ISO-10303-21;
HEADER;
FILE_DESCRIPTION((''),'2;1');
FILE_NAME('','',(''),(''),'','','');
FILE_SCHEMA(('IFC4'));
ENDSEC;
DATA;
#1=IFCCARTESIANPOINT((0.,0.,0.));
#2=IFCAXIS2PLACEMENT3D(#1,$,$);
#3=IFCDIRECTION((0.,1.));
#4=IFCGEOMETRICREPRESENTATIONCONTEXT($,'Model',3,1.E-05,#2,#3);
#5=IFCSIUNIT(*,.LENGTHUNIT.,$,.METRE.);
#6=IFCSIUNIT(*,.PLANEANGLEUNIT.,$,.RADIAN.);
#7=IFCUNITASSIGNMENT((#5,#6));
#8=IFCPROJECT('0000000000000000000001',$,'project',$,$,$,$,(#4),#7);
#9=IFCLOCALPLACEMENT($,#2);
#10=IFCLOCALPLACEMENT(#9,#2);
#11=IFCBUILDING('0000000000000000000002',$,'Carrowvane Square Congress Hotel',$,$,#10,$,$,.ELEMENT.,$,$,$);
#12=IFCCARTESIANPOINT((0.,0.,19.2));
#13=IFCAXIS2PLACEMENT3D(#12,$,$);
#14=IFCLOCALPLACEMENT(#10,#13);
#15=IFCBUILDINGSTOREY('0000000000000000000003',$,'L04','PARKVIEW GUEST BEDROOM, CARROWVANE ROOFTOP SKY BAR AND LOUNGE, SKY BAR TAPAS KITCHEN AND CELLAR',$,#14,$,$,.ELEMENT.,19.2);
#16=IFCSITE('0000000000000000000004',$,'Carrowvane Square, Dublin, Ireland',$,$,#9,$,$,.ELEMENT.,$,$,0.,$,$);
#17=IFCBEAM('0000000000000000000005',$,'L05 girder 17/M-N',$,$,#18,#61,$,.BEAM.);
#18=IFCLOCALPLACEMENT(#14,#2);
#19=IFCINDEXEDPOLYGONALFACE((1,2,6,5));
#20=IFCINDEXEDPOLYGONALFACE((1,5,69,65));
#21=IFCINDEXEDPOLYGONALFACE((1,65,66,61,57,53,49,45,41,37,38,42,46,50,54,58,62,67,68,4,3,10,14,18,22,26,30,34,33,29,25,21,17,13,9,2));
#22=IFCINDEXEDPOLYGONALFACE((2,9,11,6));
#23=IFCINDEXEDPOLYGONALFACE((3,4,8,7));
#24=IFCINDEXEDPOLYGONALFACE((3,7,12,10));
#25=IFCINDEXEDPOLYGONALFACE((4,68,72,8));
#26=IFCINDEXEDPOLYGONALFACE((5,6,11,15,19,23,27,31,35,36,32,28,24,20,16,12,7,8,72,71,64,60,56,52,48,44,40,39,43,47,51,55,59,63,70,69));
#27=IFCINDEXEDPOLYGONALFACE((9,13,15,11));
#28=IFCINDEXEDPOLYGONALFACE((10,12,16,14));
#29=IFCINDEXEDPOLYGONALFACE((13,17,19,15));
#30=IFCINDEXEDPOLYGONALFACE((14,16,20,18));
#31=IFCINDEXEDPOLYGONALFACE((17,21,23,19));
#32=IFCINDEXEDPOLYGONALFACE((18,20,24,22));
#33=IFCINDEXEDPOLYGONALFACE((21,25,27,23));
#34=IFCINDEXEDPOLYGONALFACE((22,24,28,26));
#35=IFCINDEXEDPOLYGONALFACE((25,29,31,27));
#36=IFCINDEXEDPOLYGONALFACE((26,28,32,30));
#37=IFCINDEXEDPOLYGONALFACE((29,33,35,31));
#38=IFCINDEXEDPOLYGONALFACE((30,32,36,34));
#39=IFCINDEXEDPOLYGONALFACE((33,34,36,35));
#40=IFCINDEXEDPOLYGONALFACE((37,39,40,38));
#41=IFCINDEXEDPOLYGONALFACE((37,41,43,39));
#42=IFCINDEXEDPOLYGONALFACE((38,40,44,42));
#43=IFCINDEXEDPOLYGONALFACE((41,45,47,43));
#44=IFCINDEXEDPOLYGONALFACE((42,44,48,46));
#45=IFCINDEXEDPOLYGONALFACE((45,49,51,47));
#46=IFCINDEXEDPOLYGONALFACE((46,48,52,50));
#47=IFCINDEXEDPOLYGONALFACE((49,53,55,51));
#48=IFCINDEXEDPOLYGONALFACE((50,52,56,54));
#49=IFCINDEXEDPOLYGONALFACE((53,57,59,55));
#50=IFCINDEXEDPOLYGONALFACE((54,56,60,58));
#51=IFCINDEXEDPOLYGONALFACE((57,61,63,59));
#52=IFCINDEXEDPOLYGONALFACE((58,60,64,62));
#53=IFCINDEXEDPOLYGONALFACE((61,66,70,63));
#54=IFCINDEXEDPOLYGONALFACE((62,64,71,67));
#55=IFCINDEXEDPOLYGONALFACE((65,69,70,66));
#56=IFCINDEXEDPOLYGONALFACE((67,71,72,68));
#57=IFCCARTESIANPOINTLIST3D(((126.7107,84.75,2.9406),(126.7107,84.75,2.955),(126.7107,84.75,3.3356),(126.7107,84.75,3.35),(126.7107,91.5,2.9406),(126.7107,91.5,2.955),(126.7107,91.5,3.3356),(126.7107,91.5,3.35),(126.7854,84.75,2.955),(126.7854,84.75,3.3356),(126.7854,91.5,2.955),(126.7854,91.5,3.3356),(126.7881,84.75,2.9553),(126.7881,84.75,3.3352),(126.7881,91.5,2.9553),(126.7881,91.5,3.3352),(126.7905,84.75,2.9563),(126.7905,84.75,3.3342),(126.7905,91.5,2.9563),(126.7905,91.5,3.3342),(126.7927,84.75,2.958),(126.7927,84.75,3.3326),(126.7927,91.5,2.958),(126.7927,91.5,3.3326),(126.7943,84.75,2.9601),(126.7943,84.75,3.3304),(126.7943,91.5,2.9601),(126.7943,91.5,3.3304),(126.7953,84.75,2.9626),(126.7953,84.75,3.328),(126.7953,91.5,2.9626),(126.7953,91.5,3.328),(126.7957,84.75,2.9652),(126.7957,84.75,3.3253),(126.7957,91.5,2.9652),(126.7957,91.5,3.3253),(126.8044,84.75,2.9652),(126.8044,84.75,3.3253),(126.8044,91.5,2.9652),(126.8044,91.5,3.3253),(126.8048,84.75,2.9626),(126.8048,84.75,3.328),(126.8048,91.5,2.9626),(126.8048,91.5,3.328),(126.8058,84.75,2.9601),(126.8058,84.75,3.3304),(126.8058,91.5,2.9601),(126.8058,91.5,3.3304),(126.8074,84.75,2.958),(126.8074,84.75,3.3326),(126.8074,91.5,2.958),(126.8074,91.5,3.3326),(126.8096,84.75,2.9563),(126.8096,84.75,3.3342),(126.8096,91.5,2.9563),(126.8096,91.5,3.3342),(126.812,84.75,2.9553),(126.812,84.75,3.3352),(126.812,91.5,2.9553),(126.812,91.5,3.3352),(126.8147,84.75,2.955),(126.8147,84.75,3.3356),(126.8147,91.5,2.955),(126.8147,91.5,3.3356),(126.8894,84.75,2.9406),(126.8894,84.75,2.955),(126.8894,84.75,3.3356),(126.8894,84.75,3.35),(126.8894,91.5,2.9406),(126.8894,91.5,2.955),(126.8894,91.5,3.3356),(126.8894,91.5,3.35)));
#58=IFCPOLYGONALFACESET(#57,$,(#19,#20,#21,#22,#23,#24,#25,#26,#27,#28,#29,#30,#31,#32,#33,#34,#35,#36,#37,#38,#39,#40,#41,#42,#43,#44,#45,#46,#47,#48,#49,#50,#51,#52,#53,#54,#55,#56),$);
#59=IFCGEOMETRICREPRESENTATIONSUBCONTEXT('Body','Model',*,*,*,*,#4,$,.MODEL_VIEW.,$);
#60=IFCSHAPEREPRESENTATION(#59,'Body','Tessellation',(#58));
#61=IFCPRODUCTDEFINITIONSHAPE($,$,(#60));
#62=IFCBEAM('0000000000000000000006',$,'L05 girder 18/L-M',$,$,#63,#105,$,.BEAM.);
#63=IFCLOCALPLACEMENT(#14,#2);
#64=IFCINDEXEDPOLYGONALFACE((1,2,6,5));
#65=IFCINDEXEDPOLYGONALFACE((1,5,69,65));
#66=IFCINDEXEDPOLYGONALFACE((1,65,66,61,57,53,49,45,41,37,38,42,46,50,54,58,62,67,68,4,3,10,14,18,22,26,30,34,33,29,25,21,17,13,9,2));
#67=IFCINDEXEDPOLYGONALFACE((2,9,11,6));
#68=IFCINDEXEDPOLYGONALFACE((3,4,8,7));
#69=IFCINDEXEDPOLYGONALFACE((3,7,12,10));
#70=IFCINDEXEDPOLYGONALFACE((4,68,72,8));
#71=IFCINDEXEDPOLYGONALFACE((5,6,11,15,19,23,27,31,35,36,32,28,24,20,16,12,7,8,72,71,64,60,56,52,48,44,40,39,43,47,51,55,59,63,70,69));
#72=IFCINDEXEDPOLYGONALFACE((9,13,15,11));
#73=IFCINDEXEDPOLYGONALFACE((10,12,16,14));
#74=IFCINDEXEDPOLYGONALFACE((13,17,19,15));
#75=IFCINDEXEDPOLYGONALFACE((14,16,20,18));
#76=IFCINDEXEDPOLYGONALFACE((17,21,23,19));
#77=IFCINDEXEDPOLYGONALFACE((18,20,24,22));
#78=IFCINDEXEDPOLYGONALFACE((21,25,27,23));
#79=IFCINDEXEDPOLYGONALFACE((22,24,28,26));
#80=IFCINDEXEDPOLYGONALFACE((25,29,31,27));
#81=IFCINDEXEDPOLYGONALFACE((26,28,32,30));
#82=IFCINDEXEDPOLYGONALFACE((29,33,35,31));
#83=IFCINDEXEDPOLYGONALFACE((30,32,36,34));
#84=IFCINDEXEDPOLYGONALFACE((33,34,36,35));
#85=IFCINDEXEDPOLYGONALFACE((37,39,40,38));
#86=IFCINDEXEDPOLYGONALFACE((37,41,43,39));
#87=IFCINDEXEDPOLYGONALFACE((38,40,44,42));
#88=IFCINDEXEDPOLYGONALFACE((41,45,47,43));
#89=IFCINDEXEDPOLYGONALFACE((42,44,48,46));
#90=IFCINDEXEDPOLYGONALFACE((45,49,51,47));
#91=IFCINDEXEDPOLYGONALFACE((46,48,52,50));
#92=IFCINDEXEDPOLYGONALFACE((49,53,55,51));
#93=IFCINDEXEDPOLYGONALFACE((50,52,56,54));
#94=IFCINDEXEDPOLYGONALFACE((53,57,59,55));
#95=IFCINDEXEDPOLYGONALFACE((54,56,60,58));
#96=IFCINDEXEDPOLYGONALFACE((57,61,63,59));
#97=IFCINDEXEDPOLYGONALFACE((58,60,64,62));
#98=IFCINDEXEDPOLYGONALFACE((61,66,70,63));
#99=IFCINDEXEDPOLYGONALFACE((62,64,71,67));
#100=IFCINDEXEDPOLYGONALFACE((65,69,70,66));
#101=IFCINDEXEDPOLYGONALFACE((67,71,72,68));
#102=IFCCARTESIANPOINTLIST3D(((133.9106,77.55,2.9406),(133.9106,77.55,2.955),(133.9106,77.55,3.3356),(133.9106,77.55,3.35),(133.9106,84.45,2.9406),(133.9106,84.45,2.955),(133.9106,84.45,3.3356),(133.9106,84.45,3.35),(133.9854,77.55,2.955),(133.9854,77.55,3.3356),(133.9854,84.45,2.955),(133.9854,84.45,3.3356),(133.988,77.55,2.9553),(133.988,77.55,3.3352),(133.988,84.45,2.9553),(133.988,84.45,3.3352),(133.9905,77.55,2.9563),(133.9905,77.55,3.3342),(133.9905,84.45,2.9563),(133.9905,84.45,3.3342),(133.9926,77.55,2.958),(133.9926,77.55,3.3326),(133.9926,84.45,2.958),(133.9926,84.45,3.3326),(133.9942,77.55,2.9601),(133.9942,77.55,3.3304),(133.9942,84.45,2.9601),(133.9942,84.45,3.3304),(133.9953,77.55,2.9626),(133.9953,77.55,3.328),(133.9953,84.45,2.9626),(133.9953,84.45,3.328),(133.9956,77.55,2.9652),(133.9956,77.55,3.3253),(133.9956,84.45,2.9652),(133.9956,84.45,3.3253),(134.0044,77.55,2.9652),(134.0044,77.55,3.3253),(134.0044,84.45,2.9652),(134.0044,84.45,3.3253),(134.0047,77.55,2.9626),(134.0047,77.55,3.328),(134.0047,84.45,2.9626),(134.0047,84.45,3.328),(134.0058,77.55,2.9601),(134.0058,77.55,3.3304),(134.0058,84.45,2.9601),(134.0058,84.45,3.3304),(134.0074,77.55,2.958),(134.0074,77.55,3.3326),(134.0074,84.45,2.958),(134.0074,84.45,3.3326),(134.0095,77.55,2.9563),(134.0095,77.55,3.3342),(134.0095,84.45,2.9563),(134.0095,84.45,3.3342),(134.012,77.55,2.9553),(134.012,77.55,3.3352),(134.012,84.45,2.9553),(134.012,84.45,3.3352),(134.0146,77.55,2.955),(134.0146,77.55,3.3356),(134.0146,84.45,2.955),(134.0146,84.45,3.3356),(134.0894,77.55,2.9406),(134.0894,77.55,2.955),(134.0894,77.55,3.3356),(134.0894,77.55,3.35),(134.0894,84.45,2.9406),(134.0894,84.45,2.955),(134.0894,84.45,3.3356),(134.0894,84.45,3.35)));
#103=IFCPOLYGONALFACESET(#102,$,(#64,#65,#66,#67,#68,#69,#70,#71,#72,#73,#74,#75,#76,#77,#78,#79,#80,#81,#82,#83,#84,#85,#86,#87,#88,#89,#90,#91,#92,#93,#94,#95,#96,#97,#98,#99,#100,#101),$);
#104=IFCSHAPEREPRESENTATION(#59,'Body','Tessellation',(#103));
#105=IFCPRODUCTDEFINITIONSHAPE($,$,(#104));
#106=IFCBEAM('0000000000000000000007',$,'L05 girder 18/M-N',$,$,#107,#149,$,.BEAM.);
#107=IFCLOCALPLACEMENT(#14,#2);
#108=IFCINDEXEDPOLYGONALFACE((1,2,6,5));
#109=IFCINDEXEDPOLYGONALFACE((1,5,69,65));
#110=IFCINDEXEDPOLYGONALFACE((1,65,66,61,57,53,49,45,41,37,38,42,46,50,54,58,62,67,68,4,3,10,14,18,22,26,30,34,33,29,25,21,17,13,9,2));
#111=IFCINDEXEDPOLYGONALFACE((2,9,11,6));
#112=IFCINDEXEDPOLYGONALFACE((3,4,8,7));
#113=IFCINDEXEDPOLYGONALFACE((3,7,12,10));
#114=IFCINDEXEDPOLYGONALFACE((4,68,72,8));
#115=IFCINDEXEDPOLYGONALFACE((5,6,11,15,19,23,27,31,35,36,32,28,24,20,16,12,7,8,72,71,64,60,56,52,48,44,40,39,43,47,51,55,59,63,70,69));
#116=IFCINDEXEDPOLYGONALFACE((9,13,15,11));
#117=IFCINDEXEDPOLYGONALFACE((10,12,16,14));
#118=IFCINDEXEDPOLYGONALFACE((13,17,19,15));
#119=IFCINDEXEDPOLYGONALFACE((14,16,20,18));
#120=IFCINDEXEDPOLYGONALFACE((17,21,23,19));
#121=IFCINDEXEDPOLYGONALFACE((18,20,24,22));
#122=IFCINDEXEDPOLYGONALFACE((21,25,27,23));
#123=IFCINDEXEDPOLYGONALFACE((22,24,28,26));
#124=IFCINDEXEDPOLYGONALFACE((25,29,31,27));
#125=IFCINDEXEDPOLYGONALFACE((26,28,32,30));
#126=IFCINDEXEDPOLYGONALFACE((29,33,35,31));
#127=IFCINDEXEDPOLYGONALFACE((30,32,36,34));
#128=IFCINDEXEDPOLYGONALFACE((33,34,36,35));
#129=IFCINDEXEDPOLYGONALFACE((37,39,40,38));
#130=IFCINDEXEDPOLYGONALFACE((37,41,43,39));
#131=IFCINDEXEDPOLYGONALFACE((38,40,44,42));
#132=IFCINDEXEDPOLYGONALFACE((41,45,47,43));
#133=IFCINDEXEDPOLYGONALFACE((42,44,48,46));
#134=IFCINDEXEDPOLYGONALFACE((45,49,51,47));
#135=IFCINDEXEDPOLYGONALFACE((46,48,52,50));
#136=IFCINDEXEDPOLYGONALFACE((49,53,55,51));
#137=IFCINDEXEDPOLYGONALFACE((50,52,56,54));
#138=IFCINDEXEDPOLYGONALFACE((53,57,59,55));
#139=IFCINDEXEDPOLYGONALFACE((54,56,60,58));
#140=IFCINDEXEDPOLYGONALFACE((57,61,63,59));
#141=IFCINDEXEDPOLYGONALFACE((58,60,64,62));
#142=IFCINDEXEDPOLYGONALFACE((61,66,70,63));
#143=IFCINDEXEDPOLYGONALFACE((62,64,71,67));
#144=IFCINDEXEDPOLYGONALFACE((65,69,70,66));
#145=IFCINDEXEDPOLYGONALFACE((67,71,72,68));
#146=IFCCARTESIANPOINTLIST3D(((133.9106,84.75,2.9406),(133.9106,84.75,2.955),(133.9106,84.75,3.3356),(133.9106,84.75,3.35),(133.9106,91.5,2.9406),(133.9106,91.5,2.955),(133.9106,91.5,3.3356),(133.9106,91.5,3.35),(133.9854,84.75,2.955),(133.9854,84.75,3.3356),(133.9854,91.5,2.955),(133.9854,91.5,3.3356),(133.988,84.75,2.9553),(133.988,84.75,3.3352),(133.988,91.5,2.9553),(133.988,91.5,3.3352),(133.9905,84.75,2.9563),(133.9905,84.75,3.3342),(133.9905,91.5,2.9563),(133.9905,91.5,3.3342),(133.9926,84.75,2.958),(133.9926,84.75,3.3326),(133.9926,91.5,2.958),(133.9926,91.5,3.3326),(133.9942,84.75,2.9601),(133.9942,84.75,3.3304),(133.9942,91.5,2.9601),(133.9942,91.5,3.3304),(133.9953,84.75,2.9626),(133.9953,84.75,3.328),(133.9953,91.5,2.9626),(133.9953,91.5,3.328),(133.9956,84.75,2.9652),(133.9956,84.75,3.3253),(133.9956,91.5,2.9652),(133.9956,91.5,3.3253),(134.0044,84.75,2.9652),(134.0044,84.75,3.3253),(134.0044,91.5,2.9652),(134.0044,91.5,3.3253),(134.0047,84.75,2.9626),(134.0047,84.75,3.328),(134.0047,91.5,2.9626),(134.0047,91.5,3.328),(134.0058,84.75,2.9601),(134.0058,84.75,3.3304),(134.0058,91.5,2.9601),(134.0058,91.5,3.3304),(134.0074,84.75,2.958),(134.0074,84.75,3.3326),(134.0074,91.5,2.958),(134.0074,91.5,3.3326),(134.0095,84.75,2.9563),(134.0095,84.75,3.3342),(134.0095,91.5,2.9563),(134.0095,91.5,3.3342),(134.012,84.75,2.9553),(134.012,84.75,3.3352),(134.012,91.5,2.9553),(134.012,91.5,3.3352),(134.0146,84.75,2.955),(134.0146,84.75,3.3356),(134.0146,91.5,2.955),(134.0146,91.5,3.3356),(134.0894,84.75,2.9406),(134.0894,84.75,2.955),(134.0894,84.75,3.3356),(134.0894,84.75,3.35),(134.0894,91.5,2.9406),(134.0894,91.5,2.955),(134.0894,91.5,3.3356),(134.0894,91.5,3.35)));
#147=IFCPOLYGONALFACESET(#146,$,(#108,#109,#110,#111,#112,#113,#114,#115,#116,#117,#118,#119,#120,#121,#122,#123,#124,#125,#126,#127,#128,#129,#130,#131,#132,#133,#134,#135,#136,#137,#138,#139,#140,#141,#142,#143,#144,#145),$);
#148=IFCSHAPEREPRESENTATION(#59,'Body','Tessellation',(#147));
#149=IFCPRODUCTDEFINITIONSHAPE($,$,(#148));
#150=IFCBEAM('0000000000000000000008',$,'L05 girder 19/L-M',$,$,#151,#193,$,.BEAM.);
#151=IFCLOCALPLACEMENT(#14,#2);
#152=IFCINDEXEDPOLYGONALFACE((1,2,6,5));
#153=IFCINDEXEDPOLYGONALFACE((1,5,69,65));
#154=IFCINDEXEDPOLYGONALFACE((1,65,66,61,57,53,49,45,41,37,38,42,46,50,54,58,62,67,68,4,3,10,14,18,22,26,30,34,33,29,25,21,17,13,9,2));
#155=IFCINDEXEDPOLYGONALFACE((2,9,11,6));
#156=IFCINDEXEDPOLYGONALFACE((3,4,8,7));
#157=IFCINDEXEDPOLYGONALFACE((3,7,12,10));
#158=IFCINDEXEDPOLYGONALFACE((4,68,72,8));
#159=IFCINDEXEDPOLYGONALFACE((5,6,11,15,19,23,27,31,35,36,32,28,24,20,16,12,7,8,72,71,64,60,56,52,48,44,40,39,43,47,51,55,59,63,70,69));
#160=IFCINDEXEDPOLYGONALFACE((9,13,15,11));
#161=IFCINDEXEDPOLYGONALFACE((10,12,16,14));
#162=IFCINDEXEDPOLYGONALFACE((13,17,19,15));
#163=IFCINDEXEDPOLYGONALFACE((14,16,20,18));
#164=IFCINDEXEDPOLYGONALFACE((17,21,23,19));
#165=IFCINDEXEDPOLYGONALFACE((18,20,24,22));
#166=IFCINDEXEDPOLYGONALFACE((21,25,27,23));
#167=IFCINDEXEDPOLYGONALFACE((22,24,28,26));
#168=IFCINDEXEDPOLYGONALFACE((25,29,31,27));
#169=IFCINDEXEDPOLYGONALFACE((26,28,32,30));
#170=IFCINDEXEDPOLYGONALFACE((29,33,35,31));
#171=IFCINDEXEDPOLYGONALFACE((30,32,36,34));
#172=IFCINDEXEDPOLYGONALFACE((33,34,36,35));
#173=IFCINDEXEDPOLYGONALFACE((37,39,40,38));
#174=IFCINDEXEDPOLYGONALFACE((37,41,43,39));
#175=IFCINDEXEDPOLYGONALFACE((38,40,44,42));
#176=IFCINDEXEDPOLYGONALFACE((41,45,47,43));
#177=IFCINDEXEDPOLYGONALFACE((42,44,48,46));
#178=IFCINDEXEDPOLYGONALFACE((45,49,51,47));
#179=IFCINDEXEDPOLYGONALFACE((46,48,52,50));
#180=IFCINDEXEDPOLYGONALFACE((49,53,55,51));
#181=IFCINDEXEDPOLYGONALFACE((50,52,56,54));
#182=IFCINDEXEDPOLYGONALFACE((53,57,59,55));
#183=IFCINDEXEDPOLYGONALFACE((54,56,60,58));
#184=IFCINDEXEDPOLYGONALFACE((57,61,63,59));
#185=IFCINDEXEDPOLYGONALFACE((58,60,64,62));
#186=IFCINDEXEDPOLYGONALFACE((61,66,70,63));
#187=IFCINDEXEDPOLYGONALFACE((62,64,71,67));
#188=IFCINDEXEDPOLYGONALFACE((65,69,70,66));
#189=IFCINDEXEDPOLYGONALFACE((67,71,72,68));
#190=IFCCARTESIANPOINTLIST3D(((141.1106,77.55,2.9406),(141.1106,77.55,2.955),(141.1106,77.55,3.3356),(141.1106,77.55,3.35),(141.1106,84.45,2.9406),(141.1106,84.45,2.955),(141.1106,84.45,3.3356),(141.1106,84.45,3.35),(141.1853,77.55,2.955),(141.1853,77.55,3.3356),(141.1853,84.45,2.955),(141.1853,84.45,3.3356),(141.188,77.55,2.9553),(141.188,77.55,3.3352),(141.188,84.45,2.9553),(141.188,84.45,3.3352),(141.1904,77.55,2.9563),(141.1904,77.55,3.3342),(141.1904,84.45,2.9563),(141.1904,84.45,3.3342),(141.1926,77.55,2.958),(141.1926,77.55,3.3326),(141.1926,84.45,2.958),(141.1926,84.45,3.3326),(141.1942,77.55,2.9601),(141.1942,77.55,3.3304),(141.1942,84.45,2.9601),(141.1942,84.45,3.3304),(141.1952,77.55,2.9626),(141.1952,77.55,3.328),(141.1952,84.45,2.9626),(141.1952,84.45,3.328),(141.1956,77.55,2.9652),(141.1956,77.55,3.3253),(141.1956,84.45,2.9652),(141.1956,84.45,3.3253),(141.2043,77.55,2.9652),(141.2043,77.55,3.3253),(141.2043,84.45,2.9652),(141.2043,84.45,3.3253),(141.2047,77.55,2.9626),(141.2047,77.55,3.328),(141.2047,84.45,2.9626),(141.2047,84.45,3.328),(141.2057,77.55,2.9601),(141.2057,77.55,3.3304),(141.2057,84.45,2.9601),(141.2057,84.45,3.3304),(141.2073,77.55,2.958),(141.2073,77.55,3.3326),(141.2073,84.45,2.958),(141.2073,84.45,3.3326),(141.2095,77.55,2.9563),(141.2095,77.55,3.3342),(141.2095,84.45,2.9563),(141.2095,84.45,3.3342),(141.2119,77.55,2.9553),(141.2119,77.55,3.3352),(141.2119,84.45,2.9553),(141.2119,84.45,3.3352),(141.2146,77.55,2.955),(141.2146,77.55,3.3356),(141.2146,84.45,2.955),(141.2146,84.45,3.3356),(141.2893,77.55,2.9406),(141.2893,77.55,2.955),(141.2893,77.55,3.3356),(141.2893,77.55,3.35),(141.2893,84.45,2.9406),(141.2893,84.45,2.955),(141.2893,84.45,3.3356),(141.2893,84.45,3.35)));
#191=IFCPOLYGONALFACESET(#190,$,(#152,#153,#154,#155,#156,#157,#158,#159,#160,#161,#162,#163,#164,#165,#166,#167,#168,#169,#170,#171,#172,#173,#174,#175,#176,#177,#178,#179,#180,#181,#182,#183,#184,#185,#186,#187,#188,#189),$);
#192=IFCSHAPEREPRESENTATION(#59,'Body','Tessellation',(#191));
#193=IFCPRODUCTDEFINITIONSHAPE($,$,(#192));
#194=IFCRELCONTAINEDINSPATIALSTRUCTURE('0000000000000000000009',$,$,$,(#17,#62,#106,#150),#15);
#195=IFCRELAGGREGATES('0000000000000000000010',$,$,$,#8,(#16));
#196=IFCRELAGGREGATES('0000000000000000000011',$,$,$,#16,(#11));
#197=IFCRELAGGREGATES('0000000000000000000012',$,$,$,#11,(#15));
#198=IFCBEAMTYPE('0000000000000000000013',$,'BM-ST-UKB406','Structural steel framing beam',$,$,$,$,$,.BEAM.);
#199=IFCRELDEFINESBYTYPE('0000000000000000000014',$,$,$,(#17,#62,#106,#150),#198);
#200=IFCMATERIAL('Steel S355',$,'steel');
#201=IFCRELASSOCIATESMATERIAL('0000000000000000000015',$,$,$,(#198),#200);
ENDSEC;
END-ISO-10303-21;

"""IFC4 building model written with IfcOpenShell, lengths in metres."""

from ifc_helpers import new_model, si_unit, direction, frame, origin, origin_2d, place, context, subcontext, project, spatial, i_section, extrude, material, material_profile, profile_set, type_object, element, save


model = new_model("IFC4")

# Units and contexts
model_context = context("Model", 3, precision=1e-05, world=origin(), true_north=direction((0.0, 1.0)))
body_context = subcontext(model_context, "Body", "Model", "MODEL_VIEW")
ifc_project = project(units=[si_unit("LENGTHUNIT", "METRE"), si_unit("PLANEANGLEUNIT", "RADIAN")], contexts=[model_context])

# Site, building, storey
site_placement = place(None, origin())
site = spatial("IfcSite", under=ifc_project, at=site_placement, Name="Carrowvane Square, Dublin, Ireland", CompositionType="ELEMENT", RefElevation=0.0)
building_placement = place(site_placement, origin())
building = spatial("IfcBuilding", under=site, at=building_placement, Name="Carrowvane Square Congress Hotel", CompositionType="ELEMENT")
storey_placement = place(building_placement, frame((0.0, 0.0, 19.2)))
storey = spatial("IfcBuildingStorey", under=building, at=storey_placement, Name="L04", Description="PARKVIEW GUEST BEDROOM, CARROWVANE ROOFTOP SKY BAR AND LOUNGE, SKY BAR TAPAS KITCHEN AND CELLAR", CompositionType="ELEMENT", Elevation=19.2)

# Beams
ifc_material_1 = material(Name="Steel S355", Category="steel")
ifc_material_profile_1 = material_profile(ifc_material_1, i_section(OverallWidth=0.1787, OverallDepth=0.4094, WebThickness=0.0088, FlangeThickness=0.0144, FilletRadius=0.0103, at=origin_2d()), Name="UKB 406x178x67")
ifc_profile_set_1 = profile_set([ifc_material_profile_1], Name="Steel S355")
beam_type_1 = type_object("IfcBeamType", Name="BM-ST-UKB406", Description="Structural steel framing beam", PredefinedType="BEAM", material=ifc_profile_set_1)
beam_1_placement = place(storey_placement, frame((126.8, 84.75, 3.1453), z_axis=(0.0, 1.0, 0.0), x_axis=(-1.0, 0.0, 0.0)))
element("IfcBeam", 1, at=beam_1_placement, inside=storey, type_object=beam_type_1, Name="L05 girder 17/M-N", PredefinedType="BEAM", context=body_context, shape_type="SweptSolid", body=[
    extrude(i_section(OverallWidth=0.1787, OverallDepth=0.4094, WebThickness=0.0088, FlangeThickness=0.0144, FilletRadius=0.0103, at=origin_2d()), origin(), (0.0, 0.0, 1.0), 6.75),
])
beam_2_placement = place(storey_placement, frame((134.0, 77.55, 3.1453), z_axis=(0.0, 1.0, 0.0), x_axis=(-1.0, 0.0, 0.0)))
element("IfcBeam", 2, at=beam_2_placement, inside=storey, type_object=beam_type_1, Name="L05 girder 18/L-M", PredefinedType="BEAM", context=body_context, shape_type="SweptSolid", body=[
    extrude(i_section(OverallWidth=0.1787, OverallDepth=0.4094, WebThickness=0.0088, FlangeThickness=0.0144, FilletRadius=0.0103, at=origin_2d()), origin(), (0.0, 0.0, 1.0), 6.8999),
])
beam_3_placement = place(storey_placement, frame((134.0, 84.75, 3.1453), z_axis=(0.0, 1.0, 0.0), x_axis=(-1.0, 0.0, 0.0)))
element("IfcBeam", 3, at=beam_3_placement, inside=storey, type_object=beam_type_1, Name="L05 girder 18/M-N", PredefinedType="BEAM", context=body_context, shape_type="SweptSolid", body=[
    extrude(i_section(OverallWidth=0.1787, OverallDepth=0.4094, WebThickness=0.0088, FlangeThickness=0.0144, FilletRadius=0.0103, at=origin_2d()), origin(), (0.0, 0.0, 1.0), 6.75),
])
beam_4_placement = place(storey_placement, frame((141.2, 77.55, 3.1453), z_axis=(0.0, 1.0, 0.0), x_axis=(-1.0, 0.0, 0.0)))
element("IfcBeam", 4, at=beam_4_placement, inside=storey, type_object=beam_type_1, Name="L05 girder 19/L-M", PredefinedType="BEAM", context=body_context, shape_type="SweptSolid", body=[
    extrude(i_section(OverallWidth=0.1787, OverallDepth=0.4094, WebThickness=0.0088, FlangeThickness=0.0144, FilletRadius=0.0103, at=origin_2d()), origin(), (0.0, 0.0, 1.0), 6.8999),
])

save(model, "model.ifc")
